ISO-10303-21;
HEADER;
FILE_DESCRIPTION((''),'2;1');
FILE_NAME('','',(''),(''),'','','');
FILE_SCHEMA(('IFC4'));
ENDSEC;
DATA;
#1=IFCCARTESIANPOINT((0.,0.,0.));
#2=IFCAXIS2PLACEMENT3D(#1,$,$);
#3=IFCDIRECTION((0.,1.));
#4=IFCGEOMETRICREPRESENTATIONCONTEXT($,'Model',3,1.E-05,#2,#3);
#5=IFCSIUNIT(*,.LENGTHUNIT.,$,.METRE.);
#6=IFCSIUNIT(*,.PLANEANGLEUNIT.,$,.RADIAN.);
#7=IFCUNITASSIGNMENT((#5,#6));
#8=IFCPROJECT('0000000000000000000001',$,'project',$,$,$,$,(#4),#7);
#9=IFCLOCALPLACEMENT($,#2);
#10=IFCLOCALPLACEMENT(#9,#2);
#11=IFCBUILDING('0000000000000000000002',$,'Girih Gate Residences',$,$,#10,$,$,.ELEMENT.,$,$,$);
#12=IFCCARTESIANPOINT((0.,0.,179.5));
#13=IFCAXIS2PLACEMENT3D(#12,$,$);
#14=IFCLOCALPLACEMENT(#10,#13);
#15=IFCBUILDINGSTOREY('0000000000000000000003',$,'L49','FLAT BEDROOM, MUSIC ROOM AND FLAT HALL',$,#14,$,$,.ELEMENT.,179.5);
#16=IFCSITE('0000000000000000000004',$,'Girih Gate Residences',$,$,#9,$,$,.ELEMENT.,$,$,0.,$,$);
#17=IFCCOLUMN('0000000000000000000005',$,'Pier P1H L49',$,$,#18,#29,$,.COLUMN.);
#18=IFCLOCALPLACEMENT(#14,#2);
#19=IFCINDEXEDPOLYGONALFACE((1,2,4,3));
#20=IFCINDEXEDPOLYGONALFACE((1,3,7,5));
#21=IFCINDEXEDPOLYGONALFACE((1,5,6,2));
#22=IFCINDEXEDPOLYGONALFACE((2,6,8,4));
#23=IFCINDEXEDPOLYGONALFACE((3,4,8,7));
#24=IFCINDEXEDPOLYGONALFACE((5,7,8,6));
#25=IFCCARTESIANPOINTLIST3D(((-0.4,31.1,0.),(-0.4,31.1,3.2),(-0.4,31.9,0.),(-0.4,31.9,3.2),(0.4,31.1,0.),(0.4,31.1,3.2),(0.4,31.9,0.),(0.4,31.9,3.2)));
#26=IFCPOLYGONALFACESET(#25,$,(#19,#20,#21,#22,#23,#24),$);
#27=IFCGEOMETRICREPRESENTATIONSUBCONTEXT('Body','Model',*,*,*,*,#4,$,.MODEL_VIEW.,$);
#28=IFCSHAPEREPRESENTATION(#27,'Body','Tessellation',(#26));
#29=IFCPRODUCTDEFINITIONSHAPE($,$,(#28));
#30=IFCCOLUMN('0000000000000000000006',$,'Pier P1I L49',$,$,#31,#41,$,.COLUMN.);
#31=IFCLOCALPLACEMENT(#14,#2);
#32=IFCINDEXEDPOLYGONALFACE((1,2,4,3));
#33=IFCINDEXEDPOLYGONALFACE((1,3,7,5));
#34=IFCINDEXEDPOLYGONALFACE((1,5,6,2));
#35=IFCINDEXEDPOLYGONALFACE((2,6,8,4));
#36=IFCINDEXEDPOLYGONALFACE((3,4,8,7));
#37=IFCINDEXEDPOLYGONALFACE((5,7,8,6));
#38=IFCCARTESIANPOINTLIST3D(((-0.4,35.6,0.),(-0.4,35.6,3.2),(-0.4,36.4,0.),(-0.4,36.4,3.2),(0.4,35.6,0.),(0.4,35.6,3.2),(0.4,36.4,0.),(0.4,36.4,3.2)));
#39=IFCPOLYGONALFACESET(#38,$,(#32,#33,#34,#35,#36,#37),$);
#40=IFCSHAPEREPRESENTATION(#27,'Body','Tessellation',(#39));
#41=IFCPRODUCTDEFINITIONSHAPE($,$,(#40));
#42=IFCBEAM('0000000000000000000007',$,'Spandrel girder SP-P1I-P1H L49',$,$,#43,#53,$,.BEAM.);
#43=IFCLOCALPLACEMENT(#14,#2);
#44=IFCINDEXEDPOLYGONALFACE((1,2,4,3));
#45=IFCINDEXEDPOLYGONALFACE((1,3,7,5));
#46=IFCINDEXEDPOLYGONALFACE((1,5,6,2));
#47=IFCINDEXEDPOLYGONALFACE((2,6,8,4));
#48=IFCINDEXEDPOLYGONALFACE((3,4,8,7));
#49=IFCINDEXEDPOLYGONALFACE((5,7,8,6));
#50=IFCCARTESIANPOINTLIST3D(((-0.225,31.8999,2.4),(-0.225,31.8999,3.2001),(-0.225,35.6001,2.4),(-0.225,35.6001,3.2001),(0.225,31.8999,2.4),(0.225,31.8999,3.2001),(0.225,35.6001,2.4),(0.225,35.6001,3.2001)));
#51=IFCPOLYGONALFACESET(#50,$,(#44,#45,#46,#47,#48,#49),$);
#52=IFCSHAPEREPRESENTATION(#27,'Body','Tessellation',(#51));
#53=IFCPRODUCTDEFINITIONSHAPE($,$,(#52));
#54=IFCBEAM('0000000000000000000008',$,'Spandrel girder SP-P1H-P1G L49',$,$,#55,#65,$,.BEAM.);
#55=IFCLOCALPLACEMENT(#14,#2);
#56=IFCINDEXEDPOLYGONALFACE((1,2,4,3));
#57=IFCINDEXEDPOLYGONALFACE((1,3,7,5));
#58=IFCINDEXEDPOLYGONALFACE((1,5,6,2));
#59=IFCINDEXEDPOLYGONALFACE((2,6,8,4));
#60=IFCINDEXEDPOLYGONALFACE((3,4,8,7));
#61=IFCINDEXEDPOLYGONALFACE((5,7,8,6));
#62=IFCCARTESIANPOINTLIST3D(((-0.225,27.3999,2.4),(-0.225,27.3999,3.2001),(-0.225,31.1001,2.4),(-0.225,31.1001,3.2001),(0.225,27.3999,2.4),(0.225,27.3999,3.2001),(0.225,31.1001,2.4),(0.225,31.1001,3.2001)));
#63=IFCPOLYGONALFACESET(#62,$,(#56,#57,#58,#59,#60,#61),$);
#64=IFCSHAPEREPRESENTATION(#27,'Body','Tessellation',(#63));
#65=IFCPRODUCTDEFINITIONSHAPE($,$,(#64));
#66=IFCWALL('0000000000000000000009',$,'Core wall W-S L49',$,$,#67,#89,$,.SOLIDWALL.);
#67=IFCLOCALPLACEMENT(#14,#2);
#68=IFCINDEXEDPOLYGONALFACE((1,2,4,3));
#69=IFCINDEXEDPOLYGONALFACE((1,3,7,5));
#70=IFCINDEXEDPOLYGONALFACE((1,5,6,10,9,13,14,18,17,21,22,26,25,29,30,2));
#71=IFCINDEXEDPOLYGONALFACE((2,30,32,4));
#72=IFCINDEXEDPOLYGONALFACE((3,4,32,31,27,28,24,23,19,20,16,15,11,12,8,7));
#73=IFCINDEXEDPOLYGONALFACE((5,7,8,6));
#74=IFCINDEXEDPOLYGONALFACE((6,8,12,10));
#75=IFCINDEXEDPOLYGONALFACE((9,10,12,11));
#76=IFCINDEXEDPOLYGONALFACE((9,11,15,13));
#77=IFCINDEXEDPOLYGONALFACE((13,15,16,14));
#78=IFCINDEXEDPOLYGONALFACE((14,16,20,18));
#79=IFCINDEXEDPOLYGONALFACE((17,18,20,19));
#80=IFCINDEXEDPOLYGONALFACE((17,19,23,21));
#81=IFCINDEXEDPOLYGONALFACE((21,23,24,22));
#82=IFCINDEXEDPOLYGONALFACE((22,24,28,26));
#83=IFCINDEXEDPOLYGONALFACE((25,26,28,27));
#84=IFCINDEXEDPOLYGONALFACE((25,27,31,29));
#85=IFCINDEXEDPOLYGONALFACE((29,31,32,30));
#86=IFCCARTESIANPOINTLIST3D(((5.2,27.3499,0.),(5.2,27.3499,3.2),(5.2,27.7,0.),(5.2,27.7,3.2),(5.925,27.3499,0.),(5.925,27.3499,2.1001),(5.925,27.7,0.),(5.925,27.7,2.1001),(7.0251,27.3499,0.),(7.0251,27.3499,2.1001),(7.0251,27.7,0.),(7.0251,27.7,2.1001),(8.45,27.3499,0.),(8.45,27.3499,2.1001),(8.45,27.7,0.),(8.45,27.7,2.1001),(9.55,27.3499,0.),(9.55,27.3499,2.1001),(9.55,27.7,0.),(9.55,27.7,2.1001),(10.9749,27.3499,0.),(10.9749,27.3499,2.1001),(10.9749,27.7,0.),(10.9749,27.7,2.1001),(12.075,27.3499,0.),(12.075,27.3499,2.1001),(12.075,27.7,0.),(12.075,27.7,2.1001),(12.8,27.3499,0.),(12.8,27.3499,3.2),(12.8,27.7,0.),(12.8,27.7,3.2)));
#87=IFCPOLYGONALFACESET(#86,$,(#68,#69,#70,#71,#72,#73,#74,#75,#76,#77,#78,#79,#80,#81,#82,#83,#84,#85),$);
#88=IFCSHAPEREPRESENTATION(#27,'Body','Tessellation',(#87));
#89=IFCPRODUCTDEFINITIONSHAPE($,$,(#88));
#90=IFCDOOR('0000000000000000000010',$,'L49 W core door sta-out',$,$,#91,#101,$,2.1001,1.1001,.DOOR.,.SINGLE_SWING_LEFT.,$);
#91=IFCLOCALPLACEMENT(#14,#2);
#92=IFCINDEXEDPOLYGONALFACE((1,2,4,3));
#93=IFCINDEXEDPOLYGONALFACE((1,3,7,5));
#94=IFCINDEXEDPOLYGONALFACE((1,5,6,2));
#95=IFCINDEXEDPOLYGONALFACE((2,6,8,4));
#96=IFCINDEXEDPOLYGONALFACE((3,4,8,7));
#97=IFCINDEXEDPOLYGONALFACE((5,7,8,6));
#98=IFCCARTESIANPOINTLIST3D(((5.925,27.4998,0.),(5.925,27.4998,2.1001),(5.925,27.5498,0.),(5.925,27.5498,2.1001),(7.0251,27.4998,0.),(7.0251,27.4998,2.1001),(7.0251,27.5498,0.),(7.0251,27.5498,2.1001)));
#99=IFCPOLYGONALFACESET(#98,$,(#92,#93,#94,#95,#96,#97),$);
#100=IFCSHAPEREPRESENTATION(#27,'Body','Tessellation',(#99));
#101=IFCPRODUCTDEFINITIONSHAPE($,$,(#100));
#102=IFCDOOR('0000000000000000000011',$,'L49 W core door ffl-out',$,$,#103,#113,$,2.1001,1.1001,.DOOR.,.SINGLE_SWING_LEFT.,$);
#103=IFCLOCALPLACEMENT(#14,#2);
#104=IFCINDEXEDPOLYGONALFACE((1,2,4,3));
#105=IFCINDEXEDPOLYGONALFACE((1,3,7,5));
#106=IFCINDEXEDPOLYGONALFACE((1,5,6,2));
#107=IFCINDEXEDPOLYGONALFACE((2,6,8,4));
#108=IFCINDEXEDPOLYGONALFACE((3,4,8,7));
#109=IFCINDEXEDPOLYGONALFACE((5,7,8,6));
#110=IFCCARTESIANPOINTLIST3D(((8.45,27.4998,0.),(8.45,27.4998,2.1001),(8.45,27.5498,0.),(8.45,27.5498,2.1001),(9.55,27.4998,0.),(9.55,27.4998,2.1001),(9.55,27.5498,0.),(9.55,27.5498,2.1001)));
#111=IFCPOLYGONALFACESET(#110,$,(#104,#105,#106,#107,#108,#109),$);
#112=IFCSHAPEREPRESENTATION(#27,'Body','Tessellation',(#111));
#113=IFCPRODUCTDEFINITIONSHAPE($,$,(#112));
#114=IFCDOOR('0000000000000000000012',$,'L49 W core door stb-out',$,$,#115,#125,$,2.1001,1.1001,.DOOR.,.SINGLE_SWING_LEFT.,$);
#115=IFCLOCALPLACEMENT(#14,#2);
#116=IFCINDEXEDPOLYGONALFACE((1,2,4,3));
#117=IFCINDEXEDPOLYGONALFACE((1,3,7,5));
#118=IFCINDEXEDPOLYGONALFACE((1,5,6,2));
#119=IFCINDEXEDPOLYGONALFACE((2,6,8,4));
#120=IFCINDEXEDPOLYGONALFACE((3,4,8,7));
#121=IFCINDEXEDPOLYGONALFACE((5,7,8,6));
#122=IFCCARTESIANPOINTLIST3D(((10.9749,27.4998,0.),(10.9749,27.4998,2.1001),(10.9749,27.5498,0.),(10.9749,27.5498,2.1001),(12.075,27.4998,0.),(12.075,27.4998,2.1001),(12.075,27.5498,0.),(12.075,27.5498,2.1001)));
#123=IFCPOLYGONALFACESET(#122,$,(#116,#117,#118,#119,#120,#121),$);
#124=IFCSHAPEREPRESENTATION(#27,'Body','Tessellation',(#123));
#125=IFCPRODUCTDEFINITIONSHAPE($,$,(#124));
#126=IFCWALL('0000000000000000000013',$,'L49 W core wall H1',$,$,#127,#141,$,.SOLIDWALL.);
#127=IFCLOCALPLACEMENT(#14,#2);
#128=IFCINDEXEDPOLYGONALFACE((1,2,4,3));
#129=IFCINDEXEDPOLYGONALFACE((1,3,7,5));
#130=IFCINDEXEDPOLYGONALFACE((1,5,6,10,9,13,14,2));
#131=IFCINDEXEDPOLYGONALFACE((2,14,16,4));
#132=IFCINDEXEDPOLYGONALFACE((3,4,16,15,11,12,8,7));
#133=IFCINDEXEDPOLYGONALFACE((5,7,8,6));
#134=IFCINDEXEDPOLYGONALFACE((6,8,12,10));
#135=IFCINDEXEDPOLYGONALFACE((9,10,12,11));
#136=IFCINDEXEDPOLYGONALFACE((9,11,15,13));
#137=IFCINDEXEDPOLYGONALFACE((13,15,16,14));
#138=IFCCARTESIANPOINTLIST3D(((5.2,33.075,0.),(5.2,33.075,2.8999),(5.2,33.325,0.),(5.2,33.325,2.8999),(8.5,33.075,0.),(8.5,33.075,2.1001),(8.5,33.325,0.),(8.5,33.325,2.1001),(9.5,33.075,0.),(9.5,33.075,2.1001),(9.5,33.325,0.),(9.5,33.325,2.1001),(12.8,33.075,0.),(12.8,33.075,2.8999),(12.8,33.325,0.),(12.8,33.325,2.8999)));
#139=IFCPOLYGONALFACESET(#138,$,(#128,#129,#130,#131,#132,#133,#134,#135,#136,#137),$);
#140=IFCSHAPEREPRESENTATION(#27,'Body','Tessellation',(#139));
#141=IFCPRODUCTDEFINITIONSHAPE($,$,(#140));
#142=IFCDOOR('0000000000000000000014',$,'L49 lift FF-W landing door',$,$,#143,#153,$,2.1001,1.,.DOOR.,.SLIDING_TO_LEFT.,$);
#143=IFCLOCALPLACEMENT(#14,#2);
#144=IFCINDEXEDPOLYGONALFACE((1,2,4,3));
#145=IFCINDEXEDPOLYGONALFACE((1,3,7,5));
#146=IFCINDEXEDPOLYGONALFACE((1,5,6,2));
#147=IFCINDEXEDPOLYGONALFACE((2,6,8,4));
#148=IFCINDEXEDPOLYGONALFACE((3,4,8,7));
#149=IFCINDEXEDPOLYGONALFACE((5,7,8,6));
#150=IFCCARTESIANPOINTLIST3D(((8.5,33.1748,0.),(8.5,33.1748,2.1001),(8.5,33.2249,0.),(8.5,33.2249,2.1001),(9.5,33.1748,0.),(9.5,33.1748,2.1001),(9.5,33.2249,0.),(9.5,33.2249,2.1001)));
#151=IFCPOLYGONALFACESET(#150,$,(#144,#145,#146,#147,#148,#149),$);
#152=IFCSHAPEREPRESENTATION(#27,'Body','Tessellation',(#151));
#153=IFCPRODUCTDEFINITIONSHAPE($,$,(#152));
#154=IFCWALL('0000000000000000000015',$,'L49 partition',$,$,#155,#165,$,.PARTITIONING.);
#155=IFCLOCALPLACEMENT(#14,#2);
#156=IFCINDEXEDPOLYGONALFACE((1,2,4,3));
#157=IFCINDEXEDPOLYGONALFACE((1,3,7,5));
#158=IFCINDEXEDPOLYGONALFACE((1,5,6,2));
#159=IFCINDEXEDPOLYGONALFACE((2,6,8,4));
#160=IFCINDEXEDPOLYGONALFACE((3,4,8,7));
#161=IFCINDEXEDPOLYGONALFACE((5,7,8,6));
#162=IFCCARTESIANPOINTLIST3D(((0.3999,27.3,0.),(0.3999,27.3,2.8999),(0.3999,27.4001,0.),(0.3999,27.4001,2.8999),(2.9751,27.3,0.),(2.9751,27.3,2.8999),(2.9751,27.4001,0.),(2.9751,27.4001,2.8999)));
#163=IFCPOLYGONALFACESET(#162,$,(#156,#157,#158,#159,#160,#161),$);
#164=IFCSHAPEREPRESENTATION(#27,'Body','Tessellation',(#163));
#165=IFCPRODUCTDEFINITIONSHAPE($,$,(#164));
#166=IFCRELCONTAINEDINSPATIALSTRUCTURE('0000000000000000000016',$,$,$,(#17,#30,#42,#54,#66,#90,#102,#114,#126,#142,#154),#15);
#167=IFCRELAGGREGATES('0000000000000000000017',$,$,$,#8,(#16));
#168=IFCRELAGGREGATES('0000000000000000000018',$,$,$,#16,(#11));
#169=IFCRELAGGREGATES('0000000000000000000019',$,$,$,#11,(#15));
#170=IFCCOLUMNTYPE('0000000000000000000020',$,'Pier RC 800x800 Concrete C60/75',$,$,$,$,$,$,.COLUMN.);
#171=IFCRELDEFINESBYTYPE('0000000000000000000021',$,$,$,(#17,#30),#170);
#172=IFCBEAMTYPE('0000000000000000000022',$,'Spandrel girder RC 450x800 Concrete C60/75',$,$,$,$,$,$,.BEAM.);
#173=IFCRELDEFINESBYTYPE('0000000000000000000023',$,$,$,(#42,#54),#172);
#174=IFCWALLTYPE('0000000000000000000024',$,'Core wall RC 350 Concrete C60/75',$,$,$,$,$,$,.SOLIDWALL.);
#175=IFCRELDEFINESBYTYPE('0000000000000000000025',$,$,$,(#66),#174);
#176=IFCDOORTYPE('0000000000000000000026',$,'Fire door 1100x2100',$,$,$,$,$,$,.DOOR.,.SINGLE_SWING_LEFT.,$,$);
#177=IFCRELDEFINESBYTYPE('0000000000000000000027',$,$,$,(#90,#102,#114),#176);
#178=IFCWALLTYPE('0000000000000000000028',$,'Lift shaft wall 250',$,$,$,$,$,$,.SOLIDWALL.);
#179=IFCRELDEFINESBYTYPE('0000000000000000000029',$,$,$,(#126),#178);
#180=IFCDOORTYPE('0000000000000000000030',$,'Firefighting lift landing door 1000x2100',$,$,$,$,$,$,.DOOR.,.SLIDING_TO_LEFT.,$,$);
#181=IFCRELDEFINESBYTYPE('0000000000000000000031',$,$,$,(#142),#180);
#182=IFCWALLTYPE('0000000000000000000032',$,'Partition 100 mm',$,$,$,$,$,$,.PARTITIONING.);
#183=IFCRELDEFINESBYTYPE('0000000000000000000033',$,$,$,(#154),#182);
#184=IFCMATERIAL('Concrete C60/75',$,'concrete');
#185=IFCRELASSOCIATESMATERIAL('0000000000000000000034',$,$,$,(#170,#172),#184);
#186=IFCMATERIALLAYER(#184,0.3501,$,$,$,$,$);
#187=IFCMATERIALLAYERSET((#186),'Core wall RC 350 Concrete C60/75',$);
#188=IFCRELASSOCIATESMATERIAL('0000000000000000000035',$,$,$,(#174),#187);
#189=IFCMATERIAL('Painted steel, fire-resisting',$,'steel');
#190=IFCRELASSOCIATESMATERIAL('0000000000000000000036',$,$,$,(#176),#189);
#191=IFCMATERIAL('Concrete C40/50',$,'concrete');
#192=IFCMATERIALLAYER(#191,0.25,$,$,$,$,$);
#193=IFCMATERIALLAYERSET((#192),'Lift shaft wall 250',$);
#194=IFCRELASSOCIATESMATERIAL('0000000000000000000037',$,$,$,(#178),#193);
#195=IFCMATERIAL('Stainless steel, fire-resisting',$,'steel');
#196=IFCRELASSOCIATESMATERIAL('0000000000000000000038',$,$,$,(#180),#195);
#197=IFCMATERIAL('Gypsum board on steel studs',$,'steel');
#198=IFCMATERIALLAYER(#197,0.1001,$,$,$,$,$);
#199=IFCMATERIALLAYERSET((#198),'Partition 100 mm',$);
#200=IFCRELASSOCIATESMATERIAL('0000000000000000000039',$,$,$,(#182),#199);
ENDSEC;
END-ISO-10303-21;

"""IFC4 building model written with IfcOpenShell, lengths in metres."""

from ifc_helpers import new_model, si_unit, direction, frame, frame_2d, origin, origin_2d, place, context, subcontext, project, spatial, rectangle, extrude, material, layer, layer_set, material_profile, profile_set, type_object, element, fill, save


model = new_model("IFC4")

# Units and contexts
model_context = context("Model", 3, precision=1e-05, world=origin(), true_north=direction((0.0, 1.0)))
body_context = subcontext(model_context, "Body", "Model", "MODEL_VIEW")
ifc_project = project(units=[si_unit("LENGTHUNIT", "METRE"), si_unit("PLANEANGLEUNIT", "RADIAN")], contexts=[model_context])

# Site, building, storey
site_placement = place(None, origin())
site = spatial("IfcSite", under=ifc_project, at=site_placement, Name="Girih Gate Residences", CompositionType="ELEMENT", RefElevation=0.0)
building_placement = place(site_placement, origin())
building = spatial("IfcBuilding", under=site, at=building_placement, Name="Girih Gate Residences", CompositionType="ELEMENT")
storey_placement = place(building_placement, frame((0.0, 0.0, 179.5)))
storey = spatial("IfcBuildingStorey", under=building, at=storey_placement, Name="L49", Description="FLAT BEDROOM, MUSIC ROOM AND FLAT HALL", CompositionType="ELEMENT", Elevation=179.5)

# Columns
ifc_material_1 = material(Name="Concrete C60/75", Category="concrete")
ifc_material_profile_1 = material_profile(ifc_material_1, rectangle(XDim=0.8, YDim=0.8, at=origin_2d()))
ifc_profile_set_1 = profile_set([ifc_material_profile_1], Name="Concrete C60/75")
column_type = type_object("IfcColumnType", Name="Pier RC 800x800 Concrete C60/75", PredefinedType="COLUMN", material=ifc_profile_set_1)
for number, where, z_axis, x_axis, name in (
    (1, (0.0, 31.5, 0.0), (0.0, 0.0, 1.0), (1.0, 0.0, 0.0), "Pier P1H L49"),
    (2, (0.0, 36.0, 0.0), (0.0, 0.0, 1.0), (1.0, 0.0, 0.0), "Pier P1I L49"),
):
    element("IfcColumn", number, at=place(storey_placement, frame(where, z_axis=z_axis, x_axis=x_axis)), inside=storey, type_object=column_type, Name=name, PredefinedType="COLUMN", context=body_context, shape_type="SweptSolid", body=[
        extrude(rectangle(XDim=0.8, YDim=0.8, at=origin_2d()), origin(), (0.0, 0.0, 1.0), 3.2),
    ])

# Beams
ifc_material_profile_2 = material_profile(ifc_material_1, rectangle(XDim=0.45, YDim=0.8, at=origin_2d()))
ifc_profile_set_2 = profile_set([ifc_material_profile_2], Name="Concrete C60/75")
beam_type = type_object("IfcBeamType", Name="Spandrel girder RC 450x800 Concrete C60/75", PredefinedType="BEAM", material=ifc_profile_set_2)
for number, where, z_axis, x_axis, name in (
    (3, (0.0, 35.6001, 2.8), (0.0, -1.0, 0.0), (1.0, 0.0, 0.0), "Spandrel girder SP-P1I-P1H L49"),
    (4, (0.0, 31.1001, 2.8), (0.0, -1.0, 0.0), (1.0, 0.0, 0.0), "Spandrel girder SP-P1H-P1G L49"),
):
    element("IfcBeam", number, at=place(storey_placement, frame(where, z_axis=z_axis, x_axis=x_axis)), inside=storey, type_object=beam_type, Name=name, PredefinedType="BEAM", context=body_context, shape_type="SweptSolid", body=[
        extrude(rectangle(XDim=0.45, YDim=0.8, at=origin_2d()), origin(), (0.0, 0.0, 1.0), 3.7002),
    ])

# Wall, openings, doors
ifc_layer_1 = layer(ifc_material_1, 0.3501)
ifc_layer_set_1 = layer_set([ifc_layer_1], Name="Core wall RC 350 Concrete C60/75")
wall_type_1 = type_object("IfcWallType", Name="Core wall RC 350 Concrete C60/75", PredefinedType="SOLIDWALL", material=ifc_layer_set_1)
wall_1_placement = place(storey_placement, frame((5.2, 27.5249, 0.0), z_axis=(0.0, 0.0, 1.0), x_axis=(1.0, 0.0, 0.0)))
wall_1 = element("IfcWall", 5, at=wall_1_placement, inside=storey, type_object=wall_type_1, Name="Core wall W-S L49", PredefinedType="SOLIDWALL", context=body_context, shape_type="SweptSolid", body=[
    extrude(rectangle(XDim=7.6001, YDim=0.3501, at=frame_2d((3.8, 0.0))), origin(), (0.0, 0.0, 1.0), 3.2),
])
opening_1_placement = place(wall_1_placement, frame((0.7251, 0.0, 0.0)))
opening_1 = element("IfcOpeningElement", 6, at=opening_1_placement, cuts=wall_1, PredefinedType="OPENING", context=body_context, shape_type="SweptSolid", body=[
    extrude(rectangle(XDim=1.1001, YDim=2.1001, at=frame_2d((0.55, 1.05))), frame((0.0, 0.1851, 0.0), z_axis=(0.0, -1.0, 0.0), x_axis=(1.0, 0.0, 0.0)), (0.0, 0.0, 1.0), 0.3701),
])
opening_2_placement = place(wall_1_placement, frame((3.25, 0.0, 0.0)))
opening_2 = element("IfcOpeningElement", 7, at=opening_2_placement, cuts=wall_1, PredefinedType="OPENING", context=body_context, shape_type="SweptSolid", body=[
    extrude(rectangle(XDim=1.1001, YDim=2.1001, at=frame_2d((0.55, 1.05))), frame((0.0, 0.1851, 0.0), z_axis=(0.0, -1.0, 0.0), x_axis=(1.0, 0.0, 0.0)), (0.0, 0.0, 1.0), 0.3701),
])
opening_3_placement = place(wall_1_placement, frame((5.7749, 0.0, 0.0)))
opening_3 = element("IfcOpeningElement", 8, at=opening_3_placement, cuts=wall_1, PredefinedType="OPENING", context=body_context, shape_type="SweptSolid", body=[
    extrude(rectangle(XDim=1.1001, YDim=2.1001, at=frame_2d((0.55, 1.05))), frame((0.0, 0.1851, 0.0), z_axis=(0.0, -1.0, 0.0), x_axis=(1.0, 0.0, 0.0)), (0.0, 0.0, 1.0), 0.3701),
])
ifc_material_2 = material(Name="Painted steel, fire-resisting", Category="steel")
door_type_1 = type_object("IfcDoorType", Name="Fire door 1100x2100", OperationType="SINGLE_SWING_LEFT", PredefinedType="DOOR", material=ifc_material_2)
door_1_placement = place(opening_1_placement, origin())
door_1 = element("IfcDoor", 9, at=door_1_placement, inside=storey, type_object=door_type_1, Name="L49 W core door sta-out", OperationType="SINGLE_SWING_LEFT", OverallHeight=2.1001, OverallWidth=1.1001, PredefinedType="DOOR", context=body_context, shape_type="SweptSolid", body=[
    extrude(rectangle(XDim=1.1001, YDim=2.1001, at=frame_2d((0.55, 1.05))), frame((0.0, 0.0249, 0.0), z_axis=(0.0, -1.0, 0.0), x_axis=(1.0, 0.0, 0.0)), (0.0, 0.0, 1.0), 0.05),
])
fill(opening_1, door_1)
door_2_placement = place(opening_2_placement, origin())
door_2 = element("IfcDoor", 10, at=door_2_placement, inside=storey, type_object=door_type_1, Name="L49 W core door ffl-out", OperationType="SINGLE_SWING_LEFT", OverallHeight=2.1001, OverallWidth=1.1001, PredefinedType="DOOR", context=body_context, shape_type="SweptSolid", body=[
    extrude(rectangle(XDim=1.1001, YDim=2.1001, at=frame_2d((0.55, 1.05))), frame((0.0, 0.0249, 0.0), z_axis=(0.0, -1.0, 0.0), x_axis=(1.0, 0.0, 0.0)), (0.0, 0.0, 1.0), 0.05),
])
fill(opening_2, door_2)
door_3_placement = place(opening_3_placement, origin())
door_3 = element("IfcDoor", 11, at=door_3_placement, inside=storey, type_object=door_type_1, Name="L49 W core door stb-out", OperationType="SINGLE_SWING_LEFT", OverallHeight=2.1001, OverallWidth=1.1001, PredefinedType="DOOR", context=body_context, shape_type="SweptSolid", body=[
    extrude(rectangle(XDim=1.1001, YDim=2.1001, at=frame_2d((0.55, 1.05))), frame((0.0, 0.0249, 0.0), z_axis=(0.0, -1.0, 0.0), x_axis=(1.0, 0.0, 0.0)), (0.0, 0.0, 1.0), 0.05),
])
fill(opening_3, door_3)

# Wall, opening, door
ifc_material_3 = material(Name="Concrete C40/50", Category="concrete")
ifc_layer_2 = layer(ifc_material_3, 0.25)
ifc_layer_set_2 = layer_set([ifc_layer_2], Name="Lift shaft wall 250")
wall_type_2 = type_object("IfcWallType", Name="Lift shaft wall 250", PredefinedType="SOLIDWALL", material=ifc_layer_set_2)
wall_2_placement = place(storey_placement, frame((5.2, 33.2, 0.0), z_axis=(0.0, 0.0, 1.0), x_axis=(1.0, 0.0, 0.0)))
wall_2 = element("IfcWall", 12, at=wall_2_placement, inside=storey, type_object=wall_type_2, Name="L49 W core wall H1", PredefinedType="SOLIDWALL", context=body_context, shape_type="SweptSolid", body=[
    extrude(rectangle(XDim=7.6001, YDim=0.25, at=frame_2d((3.8, 0.0))), origin(), (0.0, 0.0, 1.0), 2.8999),
])
opening_4_placement = place(wall_2_placement, frame((3.3, 0.0, 0.0)))
opening_4 = element("IfcOpeningElement", 13, at=opening_4_placement, cuts=wall_2, PredefinedType="OPENING", context=body_context, shape_type="SweptSolid", body=[
    extrude(rectangle(XDim=1.0, YDim=2.1001, at=frame_2d((0.5, 1.05))), frame((0.0, 0.135, 0.0), z_axis=(0.0, -1.0, 0.0), x_axis=(1.0, 0.0, 0.0)), (0.0, 0.0, 1.0), 0.27),
])
ifc_material_4 = material(Name="Stainless steel, fire-resisting", Category="steel")
door_type_2 = type_object("IfcDoorType", Name="Firefighting lift landing door 1000x2100", OperationType="SLIDING_TO_LEFT", PredefinedType="DOOR", material=ifc_material_4)
door_4_placement = place(opening_4_placement, origin())
door_4 = element("IfcDoor", 14, at=door_4_placement, inside=storey, type_object=door_type_2, Name="L49 lift FF-W landing door", OperationType="SLIDING_TO_LEFT", OverallHeight=2.1001, OverallWidth=1.0, PredefinedType="DOOR", context=body_context, shape_type="SweptSolid", body=[
    extrude(rectangle(XDim=1.0, YDim=2.1001, at=frame_2d((0.5, 1.05))), frame((0.0, 0.0249, 0.0), z_axis=(0.0, -1.0, 0.0), x_axis=(1.0, 0.0, 0.0)), (0.0, 0.0, 1.0), 0.05),
])
fill(opening_4, door_4)

# Wall
ifc_material_5 = material(Name="Gypsum board on steel studs", Category="steel")
ifc_layer_3 = layer(ifc_material_5, 0.1001)
ifc_layer_set_3 = layer_set([ifc_layer_3], Name="Partition 100 mm")
wall_type_3 = type_object("IfcWallType", Name="Partition 100 mm", PredefinedType="PARTITIONING", material=ifc_layer_set_3)
wall_3_placement = place(storey_placement, frame((0.3999, 27.3501, 0.0), z_axis=(0.0, 0.0, 1.0), x_axis=(1.0, 0.0, 0.0)))
element("IfcWall", 15, at=wall_3_placement, inside=storey, type_object=wall_type_3, Name="L49 partition", PredefinedType="PARTITIONING", context=body_context, shape_type="SweptSolid", body=[
    extrude(rectangle(XDim=2.5752, YDim=0.1001, at=frame_2d((1.2876, 0.0))), origin(), (0.0, 0.0, 1.0), 2.8999),
])

save(model, "model.ifc")
